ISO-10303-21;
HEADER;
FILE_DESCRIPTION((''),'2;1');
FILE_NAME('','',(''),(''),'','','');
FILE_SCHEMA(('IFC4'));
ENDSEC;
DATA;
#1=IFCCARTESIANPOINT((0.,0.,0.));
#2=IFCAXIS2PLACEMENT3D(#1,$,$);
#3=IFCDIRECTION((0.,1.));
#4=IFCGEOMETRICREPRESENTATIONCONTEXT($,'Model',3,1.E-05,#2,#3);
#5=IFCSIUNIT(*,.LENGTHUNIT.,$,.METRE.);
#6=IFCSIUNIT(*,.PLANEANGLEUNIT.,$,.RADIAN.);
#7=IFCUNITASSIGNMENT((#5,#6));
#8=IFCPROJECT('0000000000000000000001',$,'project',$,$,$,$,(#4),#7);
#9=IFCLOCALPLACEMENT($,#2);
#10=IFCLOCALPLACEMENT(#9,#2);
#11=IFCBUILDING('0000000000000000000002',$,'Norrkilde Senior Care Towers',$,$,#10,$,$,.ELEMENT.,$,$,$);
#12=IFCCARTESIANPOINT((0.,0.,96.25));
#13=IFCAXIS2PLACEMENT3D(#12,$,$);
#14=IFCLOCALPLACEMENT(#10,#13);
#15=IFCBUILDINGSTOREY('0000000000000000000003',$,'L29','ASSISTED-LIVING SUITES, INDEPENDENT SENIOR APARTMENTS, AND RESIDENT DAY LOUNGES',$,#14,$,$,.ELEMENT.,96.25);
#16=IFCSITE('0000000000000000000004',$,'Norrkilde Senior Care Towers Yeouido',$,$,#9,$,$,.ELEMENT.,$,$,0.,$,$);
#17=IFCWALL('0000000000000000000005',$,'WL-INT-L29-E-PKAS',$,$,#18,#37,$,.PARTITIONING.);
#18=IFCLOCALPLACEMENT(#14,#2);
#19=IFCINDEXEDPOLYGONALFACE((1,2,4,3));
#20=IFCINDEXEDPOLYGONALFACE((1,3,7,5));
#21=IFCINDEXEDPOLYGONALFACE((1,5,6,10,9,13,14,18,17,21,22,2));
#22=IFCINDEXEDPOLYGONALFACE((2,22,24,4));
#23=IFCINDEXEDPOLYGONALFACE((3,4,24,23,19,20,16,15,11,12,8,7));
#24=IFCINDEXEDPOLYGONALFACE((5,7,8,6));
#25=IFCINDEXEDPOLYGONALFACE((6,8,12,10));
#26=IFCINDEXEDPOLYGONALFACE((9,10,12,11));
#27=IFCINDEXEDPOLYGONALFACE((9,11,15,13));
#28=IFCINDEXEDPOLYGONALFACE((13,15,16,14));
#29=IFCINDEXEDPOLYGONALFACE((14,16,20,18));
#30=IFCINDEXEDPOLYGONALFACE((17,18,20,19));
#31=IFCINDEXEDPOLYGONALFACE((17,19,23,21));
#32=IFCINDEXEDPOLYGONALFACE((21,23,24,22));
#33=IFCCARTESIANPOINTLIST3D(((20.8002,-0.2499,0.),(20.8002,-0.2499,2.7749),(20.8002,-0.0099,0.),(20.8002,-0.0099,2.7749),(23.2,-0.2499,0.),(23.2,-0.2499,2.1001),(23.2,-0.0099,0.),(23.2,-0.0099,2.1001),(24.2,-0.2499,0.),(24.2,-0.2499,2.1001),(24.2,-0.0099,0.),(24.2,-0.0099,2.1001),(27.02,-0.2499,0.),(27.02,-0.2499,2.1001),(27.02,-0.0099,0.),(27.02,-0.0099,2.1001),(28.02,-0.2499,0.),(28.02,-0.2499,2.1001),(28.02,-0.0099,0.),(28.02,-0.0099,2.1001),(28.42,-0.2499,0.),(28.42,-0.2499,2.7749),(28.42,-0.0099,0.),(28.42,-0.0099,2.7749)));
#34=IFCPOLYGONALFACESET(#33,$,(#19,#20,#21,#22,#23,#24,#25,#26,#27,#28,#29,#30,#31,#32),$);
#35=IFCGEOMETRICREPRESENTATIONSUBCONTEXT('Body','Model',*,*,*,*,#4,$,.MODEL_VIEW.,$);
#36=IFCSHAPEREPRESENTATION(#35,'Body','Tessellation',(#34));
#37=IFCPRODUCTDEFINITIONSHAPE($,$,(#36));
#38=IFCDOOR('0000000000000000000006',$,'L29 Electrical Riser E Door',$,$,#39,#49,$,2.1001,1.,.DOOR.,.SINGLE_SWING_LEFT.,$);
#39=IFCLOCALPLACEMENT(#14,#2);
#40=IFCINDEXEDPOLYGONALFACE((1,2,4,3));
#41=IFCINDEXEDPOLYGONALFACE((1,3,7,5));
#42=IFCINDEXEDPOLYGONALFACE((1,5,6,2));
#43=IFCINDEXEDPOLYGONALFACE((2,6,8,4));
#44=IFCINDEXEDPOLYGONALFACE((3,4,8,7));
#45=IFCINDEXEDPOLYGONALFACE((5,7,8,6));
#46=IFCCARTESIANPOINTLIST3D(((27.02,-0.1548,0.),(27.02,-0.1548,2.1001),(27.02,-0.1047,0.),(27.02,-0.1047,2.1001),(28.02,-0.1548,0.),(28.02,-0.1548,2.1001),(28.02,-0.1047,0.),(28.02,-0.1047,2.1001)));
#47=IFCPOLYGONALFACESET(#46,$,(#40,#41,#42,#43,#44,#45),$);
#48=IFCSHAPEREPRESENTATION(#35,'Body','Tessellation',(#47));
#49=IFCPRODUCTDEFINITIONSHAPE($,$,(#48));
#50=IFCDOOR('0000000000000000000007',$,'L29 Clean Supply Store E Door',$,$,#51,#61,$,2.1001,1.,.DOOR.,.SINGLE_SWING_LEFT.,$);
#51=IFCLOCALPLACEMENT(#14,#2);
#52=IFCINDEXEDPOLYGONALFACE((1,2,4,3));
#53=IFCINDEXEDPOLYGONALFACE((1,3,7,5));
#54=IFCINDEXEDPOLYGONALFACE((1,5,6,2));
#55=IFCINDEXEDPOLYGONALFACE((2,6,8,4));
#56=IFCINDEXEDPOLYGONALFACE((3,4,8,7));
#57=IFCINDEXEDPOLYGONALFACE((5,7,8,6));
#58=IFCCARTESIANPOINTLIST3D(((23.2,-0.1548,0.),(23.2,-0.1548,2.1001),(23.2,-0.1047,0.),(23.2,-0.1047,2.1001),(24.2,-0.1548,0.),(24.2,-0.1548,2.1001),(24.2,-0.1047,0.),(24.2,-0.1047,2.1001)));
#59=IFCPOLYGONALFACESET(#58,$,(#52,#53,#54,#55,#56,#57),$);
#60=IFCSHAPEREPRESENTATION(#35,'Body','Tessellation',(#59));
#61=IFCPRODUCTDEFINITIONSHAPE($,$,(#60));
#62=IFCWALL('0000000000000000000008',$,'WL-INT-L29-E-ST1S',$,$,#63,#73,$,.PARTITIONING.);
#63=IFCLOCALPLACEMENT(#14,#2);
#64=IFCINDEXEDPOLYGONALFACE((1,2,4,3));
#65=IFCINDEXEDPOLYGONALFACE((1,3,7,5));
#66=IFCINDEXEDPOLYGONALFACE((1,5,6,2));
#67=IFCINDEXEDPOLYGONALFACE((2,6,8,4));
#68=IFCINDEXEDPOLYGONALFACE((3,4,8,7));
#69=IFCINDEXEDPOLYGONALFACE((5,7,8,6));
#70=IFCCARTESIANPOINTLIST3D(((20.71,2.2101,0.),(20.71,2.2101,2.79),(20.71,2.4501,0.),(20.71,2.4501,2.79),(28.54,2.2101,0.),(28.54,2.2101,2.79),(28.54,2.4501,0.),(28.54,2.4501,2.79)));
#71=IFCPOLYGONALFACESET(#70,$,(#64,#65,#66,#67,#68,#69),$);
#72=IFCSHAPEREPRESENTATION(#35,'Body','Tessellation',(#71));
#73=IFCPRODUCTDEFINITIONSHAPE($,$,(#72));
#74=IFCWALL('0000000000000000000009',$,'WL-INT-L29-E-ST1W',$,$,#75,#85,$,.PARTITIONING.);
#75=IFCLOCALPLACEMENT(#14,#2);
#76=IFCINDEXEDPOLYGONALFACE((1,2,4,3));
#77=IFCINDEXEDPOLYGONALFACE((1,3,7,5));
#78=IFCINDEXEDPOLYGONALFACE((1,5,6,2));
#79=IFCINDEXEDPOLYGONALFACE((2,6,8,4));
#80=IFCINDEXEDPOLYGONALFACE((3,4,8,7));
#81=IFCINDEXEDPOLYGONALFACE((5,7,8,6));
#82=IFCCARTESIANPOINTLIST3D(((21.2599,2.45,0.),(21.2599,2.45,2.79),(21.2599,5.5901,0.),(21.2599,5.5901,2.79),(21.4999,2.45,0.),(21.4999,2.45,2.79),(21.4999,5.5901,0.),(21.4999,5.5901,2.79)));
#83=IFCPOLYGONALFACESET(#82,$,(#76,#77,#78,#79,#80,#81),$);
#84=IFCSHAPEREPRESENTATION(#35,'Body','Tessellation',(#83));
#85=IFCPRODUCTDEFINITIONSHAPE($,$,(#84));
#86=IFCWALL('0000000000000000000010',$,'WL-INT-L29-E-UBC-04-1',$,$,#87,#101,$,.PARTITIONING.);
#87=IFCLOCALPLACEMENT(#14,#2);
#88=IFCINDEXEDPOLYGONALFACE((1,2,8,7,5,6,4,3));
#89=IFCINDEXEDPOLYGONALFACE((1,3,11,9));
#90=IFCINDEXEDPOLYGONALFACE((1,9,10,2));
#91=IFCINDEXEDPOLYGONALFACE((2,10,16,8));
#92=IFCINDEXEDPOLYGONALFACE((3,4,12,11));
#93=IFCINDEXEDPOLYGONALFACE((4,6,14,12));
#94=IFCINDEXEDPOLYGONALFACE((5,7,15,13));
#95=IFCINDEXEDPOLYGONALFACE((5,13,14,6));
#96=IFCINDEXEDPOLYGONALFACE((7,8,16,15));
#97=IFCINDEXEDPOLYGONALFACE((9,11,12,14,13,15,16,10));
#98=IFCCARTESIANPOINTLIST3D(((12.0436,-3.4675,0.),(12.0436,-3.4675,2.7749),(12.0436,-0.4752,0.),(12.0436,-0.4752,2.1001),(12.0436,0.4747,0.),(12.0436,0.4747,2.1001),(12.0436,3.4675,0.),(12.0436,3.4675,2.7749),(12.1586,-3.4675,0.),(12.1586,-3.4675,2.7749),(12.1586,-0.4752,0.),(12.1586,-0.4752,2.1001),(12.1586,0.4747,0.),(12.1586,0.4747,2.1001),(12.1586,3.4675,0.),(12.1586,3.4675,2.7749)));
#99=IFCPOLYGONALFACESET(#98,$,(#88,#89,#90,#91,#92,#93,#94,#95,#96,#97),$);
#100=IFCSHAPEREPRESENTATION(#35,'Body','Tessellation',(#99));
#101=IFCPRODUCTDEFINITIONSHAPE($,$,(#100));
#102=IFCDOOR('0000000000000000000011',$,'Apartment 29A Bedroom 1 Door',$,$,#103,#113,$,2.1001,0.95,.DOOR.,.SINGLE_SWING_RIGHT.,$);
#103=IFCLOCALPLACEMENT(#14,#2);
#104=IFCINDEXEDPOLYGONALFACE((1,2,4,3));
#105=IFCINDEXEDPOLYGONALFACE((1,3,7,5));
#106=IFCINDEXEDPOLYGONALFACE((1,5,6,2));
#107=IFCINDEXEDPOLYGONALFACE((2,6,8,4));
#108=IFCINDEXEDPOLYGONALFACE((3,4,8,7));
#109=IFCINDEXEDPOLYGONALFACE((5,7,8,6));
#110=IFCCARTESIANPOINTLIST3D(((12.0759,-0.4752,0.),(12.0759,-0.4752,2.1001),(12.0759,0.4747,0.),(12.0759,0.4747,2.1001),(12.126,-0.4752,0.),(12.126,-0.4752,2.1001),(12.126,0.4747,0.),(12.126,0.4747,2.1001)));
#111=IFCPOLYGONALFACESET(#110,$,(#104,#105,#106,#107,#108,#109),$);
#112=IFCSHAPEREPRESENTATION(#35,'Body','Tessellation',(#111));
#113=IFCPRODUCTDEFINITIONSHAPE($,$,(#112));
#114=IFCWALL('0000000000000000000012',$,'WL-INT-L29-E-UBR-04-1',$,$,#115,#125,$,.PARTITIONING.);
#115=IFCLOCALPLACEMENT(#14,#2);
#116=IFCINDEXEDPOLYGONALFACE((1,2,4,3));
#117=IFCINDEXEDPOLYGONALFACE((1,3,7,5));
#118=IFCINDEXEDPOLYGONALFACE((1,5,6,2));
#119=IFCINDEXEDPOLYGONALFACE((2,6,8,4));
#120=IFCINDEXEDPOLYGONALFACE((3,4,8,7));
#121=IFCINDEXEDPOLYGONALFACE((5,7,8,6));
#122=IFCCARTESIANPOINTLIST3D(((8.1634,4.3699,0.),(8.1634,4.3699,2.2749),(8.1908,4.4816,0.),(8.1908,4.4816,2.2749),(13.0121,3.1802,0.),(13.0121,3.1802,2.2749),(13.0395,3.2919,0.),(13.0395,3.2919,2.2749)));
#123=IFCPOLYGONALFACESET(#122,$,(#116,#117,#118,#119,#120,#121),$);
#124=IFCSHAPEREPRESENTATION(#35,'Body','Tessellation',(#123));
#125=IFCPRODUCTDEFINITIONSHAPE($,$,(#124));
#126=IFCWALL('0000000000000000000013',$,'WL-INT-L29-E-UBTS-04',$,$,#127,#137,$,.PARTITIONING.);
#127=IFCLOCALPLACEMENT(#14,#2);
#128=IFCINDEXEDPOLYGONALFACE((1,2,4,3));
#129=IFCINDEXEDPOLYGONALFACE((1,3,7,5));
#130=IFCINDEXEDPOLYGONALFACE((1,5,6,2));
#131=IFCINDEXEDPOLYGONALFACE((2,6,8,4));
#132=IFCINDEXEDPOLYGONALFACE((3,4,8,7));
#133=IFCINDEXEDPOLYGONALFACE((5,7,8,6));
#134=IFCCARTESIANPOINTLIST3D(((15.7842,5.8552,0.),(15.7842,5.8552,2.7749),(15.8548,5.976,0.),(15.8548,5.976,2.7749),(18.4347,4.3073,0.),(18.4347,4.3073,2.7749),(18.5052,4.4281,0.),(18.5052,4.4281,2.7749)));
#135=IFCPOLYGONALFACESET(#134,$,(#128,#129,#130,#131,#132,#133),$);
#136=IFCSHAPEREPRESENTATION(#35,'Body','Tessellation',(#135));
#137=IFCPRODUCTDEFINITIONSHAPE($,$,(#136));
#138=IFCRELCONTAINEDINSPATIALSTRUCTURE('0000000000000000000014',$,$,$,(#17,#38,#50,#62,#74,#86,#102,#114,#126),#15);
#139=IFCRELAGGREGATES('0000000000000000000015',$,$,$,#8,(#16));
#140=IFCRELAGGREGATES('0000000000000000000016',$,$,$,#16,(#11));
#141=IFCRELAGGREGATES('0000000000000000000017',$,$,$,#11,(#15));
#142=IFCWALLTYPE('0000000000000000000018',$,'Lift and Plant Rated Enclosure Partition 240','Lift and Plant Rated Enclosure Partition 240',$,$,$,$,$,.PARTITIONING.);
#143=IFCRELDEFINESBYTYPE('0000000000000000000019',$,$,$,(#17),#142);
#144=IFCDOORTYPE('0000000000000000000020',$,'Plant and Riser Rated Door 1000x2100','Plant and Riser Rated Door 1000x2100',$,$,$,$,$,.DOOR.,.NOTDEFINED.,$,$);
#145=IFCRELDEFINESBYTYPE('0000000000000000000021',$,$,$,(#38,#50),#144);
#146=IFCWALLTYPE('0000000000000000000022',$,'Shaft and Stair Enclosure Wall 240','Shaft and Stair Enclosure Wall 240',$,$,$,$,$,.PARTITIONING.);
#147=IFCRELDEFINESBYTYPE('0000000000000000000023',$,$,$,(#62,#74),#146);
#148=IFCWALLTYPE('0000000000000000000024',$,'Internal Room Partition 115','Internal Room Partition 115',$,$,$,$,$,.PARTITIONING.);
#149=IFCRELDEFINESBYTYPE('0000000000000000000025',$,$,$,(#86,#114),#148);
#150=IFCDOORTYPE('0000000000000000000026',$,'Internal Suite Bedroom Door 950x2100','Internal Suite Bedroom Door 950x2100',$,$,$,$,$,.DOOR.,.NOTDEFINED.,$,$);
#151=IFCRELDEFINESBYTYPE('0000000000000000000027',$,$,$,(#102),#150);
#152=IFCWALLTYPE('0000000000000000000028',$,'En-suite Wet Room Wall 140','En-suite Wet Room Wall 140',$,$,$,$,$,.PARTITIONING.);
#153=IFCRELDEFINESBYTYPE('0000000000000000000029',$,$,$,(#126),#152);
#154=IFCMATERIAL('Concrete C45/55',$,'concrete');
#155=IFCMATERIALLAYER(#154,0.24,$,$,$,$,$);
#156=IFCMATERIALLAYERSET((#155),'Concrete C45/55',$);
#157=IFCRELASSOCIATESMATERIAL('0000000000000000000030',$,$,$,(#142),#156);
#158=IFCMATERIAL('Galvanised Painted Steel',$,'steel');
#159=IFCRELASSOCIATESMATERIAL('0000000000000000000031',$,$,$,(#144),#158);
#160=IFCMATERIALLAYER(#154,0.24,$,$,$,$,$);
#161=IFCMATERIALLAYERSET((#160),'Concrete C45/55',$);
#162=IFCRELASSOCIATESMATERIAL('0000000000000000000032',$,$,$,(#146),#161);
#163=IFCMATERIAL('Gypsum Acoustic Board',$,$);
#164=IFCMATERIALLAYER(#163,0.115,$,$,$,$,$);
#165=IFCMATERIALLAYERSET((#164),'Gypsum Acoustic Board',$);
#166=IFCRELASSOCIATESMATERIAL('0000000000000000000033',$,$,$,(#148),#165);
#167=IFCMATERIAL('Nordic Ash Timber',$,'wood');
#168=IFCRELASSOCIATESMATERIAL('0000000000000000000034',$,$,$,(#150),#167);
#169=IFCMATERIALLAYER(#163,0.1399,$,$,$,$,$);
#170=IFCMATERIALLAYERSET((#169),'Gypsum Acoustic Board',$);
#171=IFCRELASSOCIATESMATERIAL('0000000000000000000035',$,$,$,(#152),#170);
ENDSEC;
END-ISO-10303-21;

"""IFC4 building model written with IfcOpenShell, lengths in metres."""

from ifc_helpers import new_model, si_unit, direction, frame, frame_2d, origin, place, context, subcontext, project, spatial, rectangle, extrude, source, transform, mapped, material, layer, layer_set, type_object, type_shapes, element, fill, save


model = new_model("IFC4")

# Units and contexts
model_context = context("Model", 3, precision=1e-05, world=origin(), true_north=direction((0.0, 1.0)))
body_context = subcontext(model_context, "Body", "Model", "MODEL_VIEW")
ifc_project = project(units=[si_unit("LENGTHUNIT", "METRE"), si_unit("PLANEANGLEUNIT", "RADIAN")], contexts=[model_context])

# Site, building, storey
site_placement = place(None, origin())
site = spatial("IfcSite", under=ifc_project, at=site_placement, Name="Norrkilde Senior Care Towers Yeouido", CompositionType="ELEMENT", RefElevation=0.0)
building_placement = place(site_placement, origin())
building = spatial("IfcBuilding", under=site, at=building_placement, Name="Norrkilde Senior Care Towers", CompositionType="ELEMENT")
storey_placement = place(building_placement, frame((0.0, 0.0, 96.25)))
storey = spatial("IfcBuildingStorey", under=building, at=storey_placement, Name="L29", Description="ASSISTED-LIVING SUITES, INDEPENDENT SENIOR APARTMENTS, AND RESIDENT DAY LOUNGES", CompositionType="ELEMENT", Elevation=96.25)

# Wall, openings, doors
ifc_material_1 = material(Name="Concrete C45/55", Category="concrete")
ifc_layer_1 = layer(ifc_material_1, 0.24)
ifc_layer_set_1 = layer_set([ifc_layer_1], Name="Concrete C45/55")
wall_type_1 = type_object("IfcWallType", Name="Lift and Plant Rated Enclosure Partition 240", Description="Lift and Plant Rated Enclosure Partition 240", PredefinedType="PARTITIONING", material=ifc_layer_set_1)
shared_shape_1 = source(origin(), body_context, "Body", "SweptSolid", [
    extrude(rectangle(XDim=7.6199, YDim=0.24, at=frame_2d((3.8101, 0.0))), origin(), (0.0, 0.0, 1.0), 2.7749),
])
type_shapes(wall_type_1, [shared_shape_1])
wall_1_placement = place(storey_placement, frame((20.8, -0.1299, 0.0), z_axis=(0.0, 0.0, 1.0), x_axis=(1.0, 0.0, 0.0)))
wall_1 = element("IfcWall", 1, at=wall_1_placement, inside=storey, type_object=wall_type_1, Name="WL-INT-L29-E-PKAS", PredefinedType="PARTITIONING", context=body_context, shape_type="MappedRepresentation", body=[
    mapped(shared_shape_1, transform((0.0, 0.0, 0.0), x_axis=(1.0, 0.0, 0.0), y_axis=(0.0, 1.0, 0.0), z_axis=(0.0, 0.0, 1.0), scale=1.0)),
])
opening_1_placement = place(wall_1_placement, frame((6.22, 0.0, 0.0)))
opening_1 = element("IfcOpeningElement", 2, at=opening_1_placement, cuts=wall_1, PredefinedType="OPENING", context=body_context, shape_type="SweptSolid", body=[
    extrude(rectangle(XDim=1.0, YDim=2.1001, at=frame_2d((0.5, 1.05))), frame((0.0, 0.1299, 0.0), z_axis=(0.0, -1.0, 0.0), x_axis=(1.0, 0.0, 0.0)), (0.0, 0.0, 1.0), 0.26),
])
opening_2_placement = place(wall_1_placement, frame((2.3999, 0.0, 0.0)))
opening_2 = element("IfcOpeningElement", 3, at=opening_2_placement, cuts=wall_1, PredefinedType="OPENING", context=body_context, shape_type="SweptSolid", body=[
    extrude(rectangle(XDim=1.0, YDim=2.1001, at=frame_2d((0.5, 1.05))), frame((0.0, 0.1299, 0.0), z_axis=(0.0, -1.0, 0.0), x_axis=(1.0, 0.0, 0.0)), (0.0, 0.0, 1.0), 0.26),
])
ifc_material_2 = material(Name="Galvanised Painted Steel", Category="steel")
door_type_1 = type_object("IfcDoorType", Name="Plant and Riser Rated Door 1000x2100", Description="Plant and Riser Rated Door 1000x2100", OperationType="NOTDEFINED", PredefinedType="DOOR", material=ifc_material_2)
shared_shape_2 = source(origin(), body_context, "Body", "SweptSolid", [
    extrude(rectangle(XDim=1.0, YDim=2.1001, at=frame_2d((0.5, 1.05))), frame((0.0, 0.0249, 0.0), z_axis=(0.0, -1.0, 0.0), x_axis=(1.0, 0.0, 0.0)), (0.0, 0.0, 1.0), 0.05),
])
type_shapes(door_type_1, [shared_shape_2])
door_1_placement = place(opening_1_placement, frame((1.0, 0.0, 0.0), z_axis=(0.0, 0.0, 1.0), x_axis=(-1.0, 0.0, 0.0)))
door_1 = element("IfcDoor", 4, at=door_1_placement, inside=storey, type_object=door_type_1, Name="L29 Electrical Riser E Door", OperationType="SINGLE_SWING_LEFT", OverallHeight=2.1001, OverallWidth=1.0, PredefinedType="DOOR", context=body_context, shape_type="MappedRepresentation", body=[
    mapped(shared_shape_2, transform((0.0, 0.0, 0.0), x_axis=(1.0, 0.0, 0.0), y_axis=(0.0, 1.0, 0.0), z_axis=(0.0, 0.0, 1.0), scale=1.0)),
])
fill(opening_1, door_1)
door_2_placement = place(opening_2_placement, frame((1.0, 0.0, 0.0), z_axis=(0.0, 0.0, 1.0), x_axis=(-1.0, 0.0, 0.0)))
door_2 = element("IfcDoor", 5, at=door_2_placement, inside=storey, type_object=door_type_1, Name="L29 Clean Supply Store E Door", OperationType="SINGLE_SWING_LEFT", OverallHeight=2.1001, OverallWidth=1.0, PredefinedType="DOOR", context=body_context, shape_type="MappedRepresentation", body=[
    mapped(shared_shape_2, transform((0.0, 0.0, 0.0), x_axis=(1.0, 0.0, 0.0), y_axis=(0.0, 1.0, 0.0), z_axis=(0.0, 0.0, 1.0), scale=1.0)),
])
fill(opening_2, door_2)

# Walls
ifc_layer_2 = layer(ifc_material_1, 0.24)
ifc_layer_set_2 = layer_set([ifc_layer_2], Name="Concrete C45/55")
wall_type_2 = type_object("IfcWallType", Name="Shaft and Stair Enclosure Wall 240", Description="Shaft and Stair Enclosure Wall 240", PredefinedType="PARTITIONING", material=ifc_layer_set_2)
shared_shape_3 = source(origin(), body_context, "Body", "SweptSolid", [
    extrude(rectangle(XDim=7.8301, YDim=0.24, at=frame_2d((3.915, 0.0))), origin(), (0.0, 0.0, 1.0), 2.79),
])
wall_2_placement = place(storey_placement, frame((20.71, 2.3301, 0.0), z_axis=(0.0, 0.0, 1.0), x_axis=(1.0, 0.0, 0.0)))
element("IfcWall", 6, at=wall_2_placement, inside=storey, type_object=wall_type_2, Name="WL-INT-L29-E-ST1S", PredefinedType="PARTITIONING", context=body_context, shape_type="MappedRepresentation", body=[
    mapped(shared_shape_3, transform((0.0, 0.0, 0.0), x_axis=(1.0, 0.0, 0.0), y_axis=(0.0, 1.0, 0.0), z_axis=(0.0, 0.0, 1.0), scale=1.0)),
])
shared_shape_4 = source(origin(), body_context, "Body", "SweptSolid", [
    extrude(rectangle(XDim=3.1401, YDim=0.24, at=frame_2d((1.5701, 0.0))), origin(), (0.0, 0.0, 1.0), 2.79),
])
type_shapes(wall_type_2, [shared_shape_3, shared_shape_4])
wall_3_placement = place(storey_placement, frame((21.3799, 2.45, 0.0), z_axis=(0.0, 0.0, 1.0), x_axis=(0.0, 1.0, 0.0)))
element("IfcWall", 7, at=wall_3_placement, inside=storey, type_object=wall_type_2, Name="WL-INT-L29-E-ST1W", PredefinedType="PARTITIONING", context=body_context, shape_type="MappedRepresentation", body=[
    mapped(shared_shape_4, transform((0.0, 0.0, 0.0), x_axis=(1.0, 0.0, 0.0), y_axis=(0.0, 1.0, 0.0), z_axis=(0.0, 0.0, 1.0), scale=1.0)),
])

# Wall, opening, door
ifc_material_3 = material(Name="Gypsum Acoustic Board")
ifc_layer_3 = layer(ifc_material_3, 0.115)
ifc_layer_set_3 = layer_set([ifc_layer_3], Name="Gypsum Acoustic Board")
wall_type_3 = type_object("IfcWallType", Name="Internal Room Partition 115", Description="Internal Room Partition 115", PredefinedType="PARTITIONING", material=ifc_layer_set_3)
shared_shape_5 = source(origin(), body_context, "Body", "SweptSolid", [
    extrude(rectangle(XDim=6.9351, YDim=0.115, at=frame_2d((3.4675, 0.0))), origin(), (0.0, 0.0, 1.0), 2.7749),
])
wall_4_placement = place(storey_placement, frame((12.1011, 3.4675, 0.0), z_axis=(0.0, 0.0, 1.0), x_axis=(0.0, -1.0, 0.0)))
wall_4 = element("IfcWall", 8, at=wall_4_placement, inside=storey, type_object=wall_type_3, Name="WL-INT-L29-E-UBC-04-1", PredefinedType="PARTITIONING", context=body_context, shape_type="MappedRepresentation", body=[
    mapped(shared_shape_5, transform((0.0, 0.0, 0.0), x_axis=(1.0, 0.0, 0.0), y_axis=(0.0, 1.0, 0.0), z_axis=(0.0, 0.0, 1.0), scale=1.0)),
])
opening_3_placement = place(wall_4_placement, frame((2.9927, 0.0, 0.0)))
opening_3 = element("IfcOpeningElement", 9, at=opening_3_placement, cuts=wall_4, PredefinedType="OPENING", context=body_context, shape_type="SweptSolid", body=[
    extrude(rectangle(XDim=0.95, YDim=2.1001, at=frame_2d((0.4751, 1.05))), frame((0.0, 0.0674, 0.0), z_axis=(0.0, -1.0, 0.0), x_axis=(1.0, 0.0, 0.0)), (0.0, 0.0, 1.0), 0.135),
])
ifc_material_4 = material(Name="Nordic Ash Timber", Category="wood")
door_type_2 = type_object("IfcDoorType", Name="Internal Suite Bedroom Door 950x2100", Description="Internal Suite Bedroom Door 950x2100", OperationType="NOTDEFINED", PredefinedType="DOOR", material=ifc_material_4)
shared_shape_6 = source(origin(), body_context, "Body", "SweptSolid", [
    extrude(rectangle(XDim=0.95, YDim=2.1001, at=frame_2d((0.4751, 1.05))), frame((0.0, 0.0249, 0.0), z_axis=(0.0, -1.0, 0.0), x_axis=(1.0, 0.0, 0.0)), (0.0, 0.0, 1.0), 0.05),
])
type_shapes(door_type_2, [shared_shape_6])
door_3_placement = place(opening_3_placement, origin())
door_3 = element("IfcDoor", 10, at=door_3_placement, inside=storey, type_object=door_type_2, Name="Apartment 29A Bedroom 1 Door", OperationType="SINGLE_SWING_RIGHT", OverallHeight=2.1001, OverallWidth=0.95, PredefinedType="DOOR", context=body_context, shape_type="MappedRepresentation", body=[
    mapped(shared_shape_6, transform((0.0, 0.0, 0.0), x_axis=(1.0, 0.0, 0.0), y_axis=(0.0, 1.0, 0.0), z_axis=(0.0, 0.0, 1.0), scale=1.0)),
])
fill(opening_3, door_3)

# Walls
shared_shape_7 = source(origin(), body_context, "Body", "SweptSolid", [
    extrude(rectangle(XDim=4.9924, YDim=0.115, at=frame_2d((2.4961, 0.0))), origin(), (0.0, 0.0, 1.0), 2.2749),
])
type_shapes(wall_type_3, [shared_shape_5, shared_shape_7])
wall_5_placement = place(storey_placement, frame((13.0256, 3.2361, 0.0), z_axis=(0.0, 0.0, 1.0), x_axis=(-0.971192, 0.238299, 0.0)))
element("IfcWall", 11, at=wall_5_placement, inside=storey, type_object=wall_type_3, Name="WL-INT-L29-E-UBR-04-1", PredefinedType="PARTITIONING", context=body_context, shape_type="MappedRepresentation", body=[
    mapped(shared_shape_7, transform((0.0, 0.0, 0.0), x_axis=(1.0, 0.0, 0.0), y_axis=(0.0, 1.0, 0.0), z_axis=(0.0, 0.0, 1.0), scale=1.0)),
])
ifc_layer_4 = layer(ifc_material_3, 0.1399)
ifc_layer_set_4 = layer_set([ifc_layer_4], Name="Gypsum Acoustic Board")
wall_type_4 = type_object("IfcWallType", Name="En-suite Wet Room Wall 140", Description="En-suite Wet Room Wall 140", PredefinedType="PARTITIONING", material=ifc_layer_set_4)
shared_shape_8 = source(origin(), body_context, "Body", "SweptSolid", [
    extrude(rectangle(XDim=3.0693, YDim=0.1399, at=frame_2d((1.5347, 0.0))), origin(), (0.0, 0.0, 1.0), 2.7749),
])
wall_6_placement = place(storey_placement, frame((18.47, 4.3677, 0.0), z_axis=(0.0, 0.0, 1.0), x_axis=(-0.863525, 0.504306, 0.0)))
element("IfcWall", 12, at=wall_6_placement, inside=storey, type_object=wall_type_4, Name="WL-INT-L29-E-UBTS-04", PredefinedType="PARTITIONING", context=body_context, shape_type="MappedRepresentation", body=[
    mapped(shared_shape_8, transform((0.0, 0.0, 0.0), x_axis=(1.0, 0.0, 0.0), y_axis=(0.0, 1.0, 0.0), z_axis=(0.0, 0.0, 1.0), scale=1.0)),
])

save(model, "model.ifc")
